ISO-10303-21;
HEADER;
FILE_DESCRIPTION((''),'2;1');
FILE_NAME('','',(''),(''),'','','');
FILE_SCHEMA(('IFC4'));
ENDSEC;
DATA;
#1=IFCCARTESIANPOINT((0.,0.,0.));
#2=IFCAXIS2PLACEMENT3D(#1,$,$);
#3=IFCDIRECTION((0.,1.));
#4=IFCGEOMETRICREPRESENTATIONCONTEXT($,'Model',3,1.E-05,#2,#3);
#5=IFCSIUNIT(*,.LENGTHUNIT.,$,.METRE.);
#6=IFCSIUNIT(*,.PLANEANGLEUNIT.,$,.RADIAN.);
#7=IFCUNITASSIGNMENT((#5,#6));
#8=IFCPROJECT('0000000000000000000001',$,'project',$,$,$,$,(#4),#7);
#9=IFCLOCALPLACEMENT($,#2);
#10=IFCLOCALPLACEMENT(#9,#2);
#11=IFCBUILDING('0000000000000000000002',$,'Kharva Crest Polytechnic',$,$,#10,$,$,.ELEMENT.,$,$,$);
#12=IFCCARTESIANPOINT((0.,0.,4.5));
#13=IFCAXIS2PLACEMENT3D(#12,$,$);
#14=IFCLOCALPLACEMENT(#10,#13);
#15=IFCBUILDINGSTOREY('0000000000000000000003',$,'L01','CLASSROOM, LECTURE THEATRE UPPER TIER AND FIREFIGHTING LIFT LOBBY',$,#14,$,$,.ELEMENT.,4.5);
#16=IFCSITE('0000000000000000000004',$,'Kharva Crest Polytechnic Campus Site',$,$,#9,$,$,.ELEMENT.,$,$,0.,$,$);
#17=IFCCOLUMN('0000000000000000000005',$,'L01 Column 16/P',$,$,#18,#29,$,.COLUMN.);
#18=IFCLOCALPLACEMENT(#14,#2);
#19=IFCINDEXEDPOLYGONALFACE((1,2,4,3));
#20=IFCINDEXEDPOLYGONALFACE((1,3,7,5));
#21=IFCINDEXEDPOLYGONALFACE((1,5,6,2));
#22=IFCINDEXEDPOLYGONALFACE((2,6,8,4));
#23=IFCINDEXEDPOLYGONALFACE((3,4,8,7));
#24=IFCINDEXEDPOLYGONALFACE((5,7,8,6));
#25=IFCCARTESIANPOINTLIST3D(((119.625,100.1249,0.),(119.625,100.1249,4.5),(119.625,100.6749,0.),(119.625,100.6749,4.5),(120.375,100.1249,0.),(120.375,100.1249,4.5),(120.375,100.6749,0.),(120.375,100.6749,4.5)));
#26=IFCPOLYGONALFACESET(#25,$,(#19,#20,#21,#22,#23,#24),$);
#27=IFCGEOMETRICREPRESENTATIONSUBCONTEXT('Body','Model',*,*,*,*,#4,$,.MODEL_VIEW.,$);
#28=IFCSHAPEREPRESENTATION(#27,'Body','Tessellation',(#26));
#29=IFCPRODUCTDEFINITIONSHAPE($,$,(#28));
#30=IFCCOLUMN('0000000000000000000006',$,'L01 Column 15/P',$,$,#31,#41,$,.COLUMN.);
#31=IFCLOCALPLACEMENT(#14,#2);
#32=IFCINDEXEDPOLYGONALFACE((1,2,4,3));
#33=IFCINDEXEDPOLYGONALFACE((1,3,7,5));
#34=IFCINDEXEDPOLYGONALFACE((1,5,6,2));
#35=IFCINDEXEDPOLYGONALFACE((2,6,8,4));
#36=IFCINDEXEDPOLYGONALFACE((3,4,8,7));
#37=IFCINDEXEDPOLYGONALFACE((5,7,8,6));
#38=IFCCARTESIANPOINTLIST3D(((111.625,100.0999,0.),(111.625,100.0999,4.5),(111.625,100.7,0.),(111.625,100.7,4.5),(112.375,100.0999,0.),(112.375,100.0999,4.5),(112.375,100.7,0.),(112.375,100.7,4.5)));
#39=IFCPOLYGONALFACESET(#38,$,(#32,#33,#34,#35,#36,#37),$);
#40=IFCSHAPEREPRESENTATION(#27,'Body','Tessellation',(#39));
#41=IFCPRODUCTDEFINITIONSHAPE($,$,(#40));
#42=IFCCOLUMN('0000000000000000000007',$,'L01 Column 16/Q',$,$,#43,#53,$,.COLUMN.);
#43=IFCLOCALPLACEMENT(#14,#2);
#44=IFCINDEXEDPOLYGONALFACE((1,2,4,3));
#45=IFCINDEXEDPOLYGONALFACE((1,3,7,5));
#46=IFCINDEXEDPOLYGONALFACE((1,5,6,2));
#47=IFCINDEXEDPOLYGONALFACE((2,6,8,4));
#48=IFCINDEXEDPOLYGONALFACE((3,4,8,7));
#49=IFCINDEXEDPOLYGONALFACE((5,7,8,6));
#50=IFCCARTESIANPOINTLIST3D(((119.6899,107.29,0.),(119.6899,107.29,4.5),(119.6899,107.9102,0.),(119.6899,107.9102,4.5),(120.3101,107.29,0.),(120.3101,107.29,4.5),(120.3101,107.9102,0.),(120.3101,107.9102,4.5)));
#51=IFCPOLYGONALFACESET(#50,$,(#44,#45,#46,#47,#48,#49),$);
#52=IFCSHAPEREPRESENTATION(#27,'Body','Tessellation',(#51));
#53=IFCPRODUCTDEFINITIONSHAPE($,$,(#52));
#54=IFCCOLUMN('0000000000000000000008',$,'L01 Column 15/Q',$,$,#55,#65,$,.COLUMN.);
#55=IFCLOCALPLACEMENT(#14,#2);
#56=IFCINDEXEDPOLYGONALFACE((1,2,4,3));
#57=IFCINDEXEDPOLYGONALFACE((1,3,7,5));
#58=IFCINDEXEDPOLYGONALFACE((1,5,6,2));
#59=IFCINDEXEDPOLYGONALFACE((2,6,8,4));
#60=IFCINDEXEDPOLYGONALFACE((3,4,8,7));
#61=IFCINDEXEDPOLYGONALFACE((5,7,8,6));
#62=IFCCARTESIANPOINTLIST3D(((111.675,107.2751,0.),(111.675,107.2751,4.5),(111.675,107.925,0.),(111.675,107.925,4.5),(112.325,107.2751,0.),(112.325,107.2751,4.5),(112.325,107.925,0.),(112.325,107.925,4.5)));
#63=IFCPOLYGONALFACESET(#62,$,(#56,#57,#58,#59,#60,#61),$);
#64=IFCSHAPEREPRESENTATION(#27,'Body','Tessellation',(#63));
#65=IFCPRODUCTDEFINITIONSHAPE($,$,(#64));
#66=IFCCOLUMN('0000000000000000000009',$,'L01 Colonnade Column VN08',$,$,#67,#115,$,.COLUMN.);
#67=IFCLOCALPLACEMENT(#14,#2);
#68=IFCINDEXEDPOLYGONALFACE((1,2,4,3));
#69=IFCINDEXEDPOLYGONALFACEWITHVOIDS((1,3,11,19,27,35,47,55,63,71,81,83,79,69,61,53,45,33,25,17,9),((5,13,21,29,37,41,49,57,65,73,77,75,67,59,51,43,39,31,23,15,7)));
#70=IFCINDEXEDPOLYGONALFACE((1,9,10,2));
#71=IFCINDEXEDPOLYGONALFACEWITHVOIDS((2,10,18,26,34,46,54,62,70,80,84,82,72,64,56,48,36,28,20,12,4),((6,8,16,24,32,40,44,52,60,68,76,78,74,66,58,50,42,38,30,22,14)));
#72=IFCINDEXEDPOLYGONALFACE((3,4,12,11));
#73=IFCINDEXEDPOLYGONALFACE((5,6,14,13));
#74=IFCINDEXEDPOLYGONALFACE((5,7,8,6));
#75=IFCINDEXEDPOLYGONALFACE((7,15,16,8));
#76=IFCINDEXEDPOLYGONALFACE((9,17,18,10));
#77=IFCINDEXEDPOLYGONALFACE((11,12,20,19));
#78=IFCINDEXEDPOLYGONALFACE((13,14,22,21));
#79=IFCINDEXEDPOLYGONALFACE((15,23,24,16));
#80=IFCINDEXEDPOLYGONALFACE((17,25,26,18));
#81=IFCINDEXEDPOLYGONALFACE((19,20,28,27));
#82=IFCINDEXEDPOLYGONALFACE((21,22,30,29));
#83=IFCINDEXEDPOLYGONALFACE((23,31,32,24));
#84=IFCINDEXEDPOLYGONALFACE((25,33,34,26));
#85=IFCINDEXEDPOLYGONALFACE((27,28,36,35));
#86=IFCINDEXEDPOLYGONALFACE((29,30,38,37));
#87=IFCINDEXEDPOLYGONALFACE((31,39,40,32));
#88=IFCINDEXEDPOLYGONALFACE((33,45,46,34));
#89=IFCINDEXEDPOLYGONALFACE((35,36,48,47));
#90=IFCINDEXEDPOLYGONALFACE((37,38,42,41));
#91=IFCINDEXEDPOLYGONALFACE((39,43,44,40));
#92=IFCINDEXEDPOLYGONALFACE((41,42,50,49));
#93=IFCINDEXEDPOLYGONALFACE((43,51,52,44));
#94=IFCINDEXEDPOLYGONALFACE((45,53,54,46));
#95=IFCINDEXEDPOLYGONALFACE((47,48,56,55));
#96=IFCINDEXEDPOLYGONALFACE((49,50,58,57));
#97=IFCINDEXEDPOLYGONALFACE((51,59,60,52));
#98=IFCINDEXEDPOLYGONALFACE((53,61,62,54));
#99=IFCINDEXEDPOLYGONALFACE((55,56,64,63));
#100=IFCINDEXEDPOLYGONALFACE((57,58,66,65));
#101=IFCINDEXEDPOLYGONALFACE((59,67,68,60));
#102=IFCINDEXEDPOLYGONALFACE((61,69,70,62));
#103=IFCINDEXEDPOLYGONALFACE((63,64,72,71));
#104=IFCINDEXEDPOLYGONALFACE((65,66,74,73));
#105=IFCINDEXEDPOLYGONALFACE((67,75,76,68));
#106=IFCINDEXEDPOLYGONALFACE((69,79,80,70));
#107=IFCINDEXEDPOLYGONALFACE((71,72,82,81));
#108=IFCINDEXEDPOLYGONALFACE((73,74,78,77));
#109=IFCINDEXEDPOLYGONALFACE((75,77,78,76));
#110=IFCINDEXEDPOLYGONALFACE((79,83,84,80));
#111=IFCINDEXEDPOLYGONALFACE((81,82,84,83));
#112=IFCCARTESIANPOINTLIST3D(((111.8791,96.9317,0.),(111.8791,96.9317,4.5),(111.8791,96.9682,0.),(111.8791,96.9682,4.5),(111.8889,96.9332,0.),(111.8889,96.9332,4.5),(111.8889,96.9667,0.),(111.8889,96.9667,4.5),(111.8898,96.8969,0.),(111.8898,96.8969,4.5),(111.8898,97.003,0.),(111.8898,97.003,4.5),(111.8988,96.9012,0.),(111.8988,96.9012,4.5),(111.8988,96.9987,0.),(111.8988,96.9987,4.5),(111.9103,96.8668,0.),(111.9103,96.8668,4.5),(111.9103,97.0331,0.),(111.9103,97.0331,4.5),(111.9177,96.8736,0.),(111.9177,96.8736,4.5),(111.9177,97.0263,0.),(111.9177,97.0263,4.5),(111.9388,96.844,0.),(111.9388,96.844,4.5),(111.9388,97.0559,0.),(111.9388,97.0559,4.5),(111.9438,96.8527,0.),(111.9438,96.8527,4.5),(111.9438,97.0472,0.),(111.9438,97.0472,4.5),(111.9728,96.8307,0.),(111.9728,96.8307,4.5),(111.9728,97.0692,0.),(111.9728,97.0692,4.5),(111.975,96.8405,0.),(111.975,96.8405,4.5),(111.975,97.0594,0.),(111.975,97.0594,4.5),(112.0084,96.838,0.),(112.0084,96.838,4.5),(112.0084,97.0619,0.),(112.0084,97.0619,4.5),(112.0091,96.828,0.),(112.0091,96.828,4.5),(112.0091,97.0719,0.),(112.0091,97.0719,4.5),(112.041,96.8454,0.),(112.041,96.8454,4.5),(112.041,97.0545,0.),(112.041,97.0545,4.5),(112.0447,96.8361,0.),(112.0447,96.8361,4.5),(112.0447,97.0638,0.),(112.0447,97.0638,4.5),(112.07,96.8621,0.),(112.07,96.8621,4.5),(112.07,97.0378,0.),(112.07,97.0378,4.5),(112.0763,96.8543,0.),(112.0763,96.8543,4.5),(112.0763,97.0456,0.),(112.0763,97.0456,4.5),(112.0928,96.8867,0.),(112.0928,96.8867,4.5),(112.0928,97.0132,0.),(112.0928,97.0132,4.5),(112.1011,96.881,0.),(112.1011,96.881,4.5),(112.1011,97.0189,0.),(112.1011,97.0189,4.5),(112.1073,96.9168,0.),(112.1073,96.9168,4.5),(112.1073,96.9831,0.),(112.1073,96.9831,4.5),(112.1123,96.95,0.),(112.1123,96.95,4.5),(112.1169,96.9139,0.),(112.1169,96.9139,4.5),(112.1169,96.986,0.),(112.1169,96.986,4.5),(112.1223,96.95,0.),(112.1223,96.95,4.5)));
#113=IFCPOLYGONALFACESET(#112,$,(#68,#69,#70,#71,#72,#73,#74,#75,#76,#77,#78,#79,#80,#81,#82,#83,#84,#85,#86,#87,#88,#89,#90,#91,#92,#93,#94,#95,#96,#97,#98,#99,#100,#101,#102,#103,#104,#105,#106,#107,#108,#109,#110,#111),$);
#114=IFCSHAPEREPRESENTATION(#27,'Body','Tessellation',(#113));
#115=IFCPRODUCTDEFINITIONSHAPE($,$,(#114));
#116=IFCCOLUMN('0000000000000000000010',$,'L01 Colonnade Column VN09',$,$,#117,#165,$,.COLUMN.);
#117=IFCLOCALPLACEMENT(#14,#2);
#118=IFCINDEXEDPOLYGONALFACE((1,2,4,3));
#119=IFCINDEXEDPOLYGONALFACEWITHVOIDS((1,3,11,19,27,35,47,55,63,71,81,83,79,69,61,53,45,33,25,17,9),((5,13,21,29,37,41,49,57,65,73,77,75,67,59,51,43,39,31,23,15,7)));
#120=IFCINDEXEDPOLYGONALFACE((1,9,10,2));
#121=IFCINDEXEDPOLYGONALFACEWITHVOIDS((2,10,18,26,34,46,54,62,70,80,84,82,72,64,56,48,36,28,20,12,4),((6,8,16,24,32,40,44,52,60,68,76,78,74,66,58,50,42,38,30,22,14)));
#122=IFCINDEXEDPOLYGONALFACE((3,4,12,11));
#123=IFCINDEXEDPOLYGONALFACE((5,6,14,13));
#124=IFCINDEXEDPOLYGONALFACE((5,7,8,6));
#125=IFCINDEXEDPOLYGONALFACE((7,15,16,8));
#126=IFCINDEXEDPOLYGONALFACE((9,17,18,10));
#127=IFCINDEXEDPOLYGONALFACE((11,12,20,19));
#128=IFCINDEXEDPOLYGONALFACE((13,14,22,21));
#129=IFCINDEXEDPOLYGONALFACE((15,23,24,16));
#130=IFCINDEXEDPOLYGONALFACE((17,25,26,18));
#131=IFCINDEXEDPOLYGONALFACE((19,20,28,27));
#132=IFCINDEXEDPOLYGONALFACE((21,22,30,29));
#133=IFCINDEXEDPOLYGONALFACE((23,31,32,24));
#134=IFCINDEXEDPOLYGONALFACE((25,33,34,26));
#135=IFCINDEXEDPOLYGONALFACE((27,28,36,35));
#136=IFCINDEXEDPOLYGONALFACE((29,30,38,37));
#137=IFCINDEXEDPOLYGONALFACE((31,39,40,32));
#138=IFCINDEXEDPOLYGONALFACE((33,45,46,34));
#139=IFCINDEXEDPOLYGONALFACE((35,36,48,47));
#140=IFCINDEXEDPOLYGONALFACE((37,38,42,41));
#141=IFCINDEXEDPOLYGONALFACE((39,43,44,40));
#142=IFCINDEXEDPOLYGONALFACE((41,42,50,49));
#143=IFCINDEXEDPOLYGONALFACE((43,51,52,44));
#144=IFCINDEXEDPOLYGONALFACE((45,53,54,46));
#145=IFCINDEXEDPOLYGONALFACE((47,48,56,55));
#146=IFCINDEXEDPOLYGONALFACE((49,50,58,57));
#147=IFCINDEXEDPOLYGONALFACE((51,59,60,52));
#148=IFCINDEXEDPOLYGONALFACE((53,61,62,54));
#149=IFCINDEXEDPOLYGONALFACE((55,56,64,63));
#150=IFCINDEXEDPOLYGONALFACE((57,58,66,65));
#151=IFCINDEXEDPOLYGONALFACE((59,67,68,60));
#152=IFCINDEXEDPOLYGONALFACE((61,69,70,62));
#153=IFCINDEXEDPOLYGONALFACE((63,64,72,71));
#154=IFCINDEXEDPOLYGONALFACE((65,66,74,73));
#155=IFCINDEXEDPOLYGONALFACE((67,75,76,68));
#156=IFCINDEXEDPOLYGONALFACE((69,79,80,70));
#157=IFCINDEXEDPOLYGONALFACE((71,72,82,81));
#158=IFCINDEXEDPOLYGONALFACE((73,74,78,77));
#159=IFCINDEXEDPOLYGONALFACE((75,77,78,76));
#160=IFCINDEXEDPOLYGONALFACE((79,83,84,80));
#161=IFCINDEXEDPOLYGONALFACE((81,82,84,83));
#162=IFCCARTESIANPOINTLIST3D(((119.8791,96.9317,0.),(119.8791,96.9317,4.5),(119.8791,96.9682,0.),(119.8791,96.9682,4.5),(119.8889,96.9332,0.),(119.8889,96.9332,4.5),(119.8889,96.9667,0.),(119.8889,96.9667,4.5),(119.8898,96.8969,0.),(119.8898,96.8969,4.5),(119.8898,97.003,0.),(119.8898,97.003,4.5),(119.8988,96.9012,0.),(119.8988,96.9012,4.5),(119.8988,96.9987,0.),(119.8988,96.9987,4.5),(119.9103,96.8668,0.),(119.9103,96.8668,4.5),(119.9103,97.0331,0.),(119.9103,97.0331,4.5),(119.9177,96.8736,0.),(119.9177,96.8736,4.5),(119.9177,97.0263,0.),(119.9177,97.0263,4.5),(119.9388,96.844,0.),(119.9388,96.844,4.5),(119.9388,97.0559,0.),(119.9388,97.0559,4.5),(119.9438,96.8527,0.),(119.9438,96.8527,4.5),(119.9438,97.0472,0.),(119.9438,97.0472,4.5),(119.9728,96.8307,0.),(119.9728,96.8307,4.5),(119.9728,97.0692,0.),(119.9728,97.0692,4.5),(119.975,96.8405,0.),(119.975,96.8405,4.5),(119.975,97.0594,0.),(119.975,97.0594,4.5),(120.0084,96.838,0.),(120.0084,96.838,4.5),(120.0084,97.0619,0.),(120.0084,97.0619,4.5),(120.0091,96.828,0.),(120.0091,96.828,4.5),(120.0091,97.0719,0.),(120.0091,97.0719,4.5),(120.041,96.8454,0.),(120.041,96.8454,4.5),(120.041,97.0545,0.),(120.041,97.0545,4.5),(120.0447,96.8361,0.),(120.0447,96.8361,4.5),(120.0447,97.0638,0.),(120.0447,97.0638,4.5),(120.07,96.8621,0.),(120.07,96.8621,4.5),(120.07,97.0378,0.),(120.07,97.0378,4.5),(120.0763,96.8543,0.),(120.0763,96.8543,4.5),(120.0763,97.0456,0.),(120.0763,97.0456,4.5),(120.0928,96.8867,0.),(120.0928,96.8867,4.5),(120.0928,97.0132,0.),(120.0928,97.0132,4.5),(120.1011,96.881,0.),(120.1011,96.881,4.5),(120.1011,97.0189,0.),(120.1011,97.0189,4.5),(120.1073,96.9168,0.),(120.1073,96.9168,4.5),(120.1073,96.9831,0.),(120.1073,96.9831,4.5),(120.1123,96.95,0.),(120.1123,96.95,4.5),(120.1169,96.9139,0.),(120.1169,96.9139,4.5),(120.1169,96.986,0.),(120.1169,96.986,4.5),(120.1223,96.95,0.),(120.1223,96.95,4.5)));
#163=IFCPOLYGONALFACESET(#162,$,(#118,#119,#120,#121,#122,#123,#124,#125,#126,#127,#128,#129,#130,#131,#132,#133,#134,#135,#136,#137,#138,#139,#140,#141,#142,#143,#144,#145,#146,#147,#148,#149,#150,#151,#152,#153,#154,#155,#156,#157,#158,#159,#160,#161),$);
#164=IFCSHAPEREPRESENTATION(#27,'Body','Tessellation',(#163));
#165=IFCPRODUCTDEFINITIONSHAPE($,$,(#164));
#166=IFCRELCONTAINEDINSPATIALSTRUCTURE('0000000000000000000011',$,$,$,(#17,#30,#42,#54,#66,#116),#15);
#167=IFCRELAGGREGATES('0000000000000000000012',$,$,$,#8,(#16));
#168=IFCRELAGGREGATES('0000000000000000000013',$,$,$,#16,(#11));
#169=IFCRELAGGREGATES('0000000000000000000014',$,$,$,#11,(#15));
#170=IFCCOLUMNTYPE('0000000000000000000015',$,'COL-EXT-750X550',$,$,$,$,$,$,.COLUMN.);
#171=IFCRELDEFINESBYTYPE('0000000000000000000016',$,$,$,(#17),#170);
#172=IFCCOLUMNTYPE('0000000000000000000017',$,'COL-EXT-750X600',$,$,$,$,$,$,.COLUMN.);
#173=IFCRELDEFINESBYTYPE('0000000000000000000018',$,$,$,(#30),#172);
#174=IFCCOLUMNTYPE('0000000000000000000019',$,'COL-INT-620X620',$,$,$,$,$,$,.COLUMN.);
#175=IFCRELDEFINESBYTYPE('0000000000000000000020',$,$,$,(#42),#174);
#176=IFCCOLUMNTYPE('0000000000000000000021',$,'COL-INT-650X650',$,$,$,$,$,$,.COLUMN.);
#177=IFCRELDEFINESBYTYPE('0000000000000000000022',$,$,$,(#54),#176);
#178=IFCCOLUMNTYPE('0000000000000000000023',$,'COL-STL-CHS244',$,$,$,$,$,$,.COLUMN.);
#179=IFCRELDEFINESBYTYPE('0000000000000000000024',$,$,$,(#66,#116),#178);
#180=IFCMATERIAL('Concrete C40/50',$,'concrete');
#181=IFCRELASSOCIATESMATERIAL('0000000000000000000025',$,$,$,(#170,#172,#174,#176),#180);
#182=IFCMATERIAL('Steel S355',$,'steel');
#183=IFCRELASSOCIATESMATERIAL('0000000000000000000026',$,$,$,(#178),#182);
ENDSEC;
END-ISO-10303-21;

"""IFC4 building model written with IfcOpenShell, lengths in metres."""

from ifc_helpers import new_model, si_unit, direction, frame, origin, origin_2d, place, context, subcontext, project, spatial, rectangle, hollow_circle, extrude, material, material_profile, profile_set, type_object, element, save


model = new_model("IFC4")

# Units and contexts
model_context = context("Model", 3, precision=1e-05, world=origin(), true_north=direction((0.0, 1.0)))
body_context = subcontext(model_context, "Body", "Model", "MODEL_VIEW")
ifc_project = project(units=[si_unit("LENGTHUNIT", "METRE"), si_unit("PLANEANGLEUNIT", "RADIAN")], contexts=[model_context])

# Site, building, storey
site_placement = place(None, origin())
site = spatial("IfcSite", under=ifc_project, at=site_placement, Name="Kharva Crest Polytechnic Campus Site", CompositionType="ELEMENT", RefElevation=0.0)
building_placement = place(site_placement, origin())
building = spatial("IfcBuilding", under=site, at=building_placement, Name="Kharva Crest Polytechnic", CompositionType="ELEMENT")
storey_placement = place(building_placement, frame((0.0, 0.0, 4.5)))
storey = spatial("IfcBuildingStorey", under=building, at=storey_placement, Name="L01", Description="CLASSROOM, LECTURE THEATRE UPPER TIER AND FIREFIGHTING LIFT LOBBY", CompositionType="ELEMENT", Elevation=4.5)

# Columns
ifc_material_1 = material(Name="Concrete C40/50", Category="concrete")
ifc_material_profile_1 = material_profile(ifc_material_1, rectangle(XDim=0.75, YDim=0.55, at=origin_2d()), Name="RECT 750 X 550")
ifc_profile_set_1 = profile_set([ifc_material_profile_1], Name="Concrete C40/50")
column_type_1 = type_object("IfcColumnType", Name="COL-EXT-750X550", PredefinedType="COLUMN", material=ifc_profile_set_1)
column_1_placement = place(storey_placement, frame((120.0, 100.3999, 0.0), z_axis=(0.0, 0.0, 1.0), x_axis=(1.0, 0.0, 0.0)))
element("IfcColumn", 1, at=column_1_placement, inside=storey, type_object=column_type_1, Name="L01 Column 16/P", PredefinedType="COLUMN", context=body_context, shape_type="SweptSolid", body=[
    extrude(rectangle(XDim=0.75, YDim=0.55, at=origin_2d()), origin(), (0.0, 0.0, 1.0), 4.5),
])
ifc_material_profile_2 = material_profile(ifc_material_1, rectangle(XDim=0.75, YDim=0.6001, at=origin_2d()), Name="RECT 750 X 600")
ifc_profile_set_2 = profile_set([ifc_material_profile_2], Name="Concrete C40/50")
column_type_2 = type_object("IfcColumnType", Name="COL-EXT-750X600", PredefinedType="COLUMN", material=ifc_profile_set_2)
column_2_placement = place(storey_placement, frame((112.0, 100.3999, 0.0), z_axis=(0.0, 0.0, 1.0), x_axis=(1.0, 0.0, 0.0)))
element("IfcColumn", 2, at=column_2_placement, inside=storey, type_object=column_type_2, Name="L01 Column 15/P", PredefinedType="COLUMN", context=body_context, shape_type="SweptSolid", body=[
    extrude(rectangle(XDim=0.75, YDim=0.6001, at=origin_2d()), origin(), (0.0, 0.0, 1.0), 4.5),
])
ifc_material_profile_3 = material_profile(ifc_material_1, rectangle(XDim=0.6201, YDim=0.6201, at=origin_2d()), Name="RECT 620 X 620")
ifc_profile_set_3 = profile_set([ifc_material_profile_3], Name="Concrete C40/50")
column_type_3 = type_object("IfcColumnType", Name="COL-INT-620X620", PredefinedType="COLUMN", material=ifc_profile_set_3)
column_3_placement = place(storey_placement, frame((120.0, 107.6001, 0.0), z_axis=(0.0, 0.0, 1.0), x_axis=(1.0, 0.0, 0.0)))
element("IfcColumn", 3, at=column_3_placement, inside=storey, type_object=column_type_3, Name="L01 Column 16/Q", PredefinedType="COLUMN", context=body_context, shape_type="SweptSolid", body=[
    extrude(rectangle(XDim=0.6201, YDim=0.6201, at=origin_2d()), origin(), (0.0, 0.0, 1.0), 4.5),
])
ifc_material_profile_4 = material_profile(ifc_material_1, rectangle(XDim=0.6499, YDim=0.6499, at=origin_2d()), Name="RECT 650 X 650")
ifc_profile_set_4 = profile_set([ifc_material_profile_4], Name="Concrete C40/50")
column_type_4 = type_object("IfcColumnType", Name="COL-INT-650X650", PredefinedType="COLUMN", material=ifc_profile_set_4)
column_4_placement = place(storey_placement, frame((112.0, 107.6001, 0.0), z_axis=(0.0, 0.0, 1.0), x_axis=(1.0, 0.0, 0.0)))
element("IfcColumn", 4, at=column_4_placement, inside=storey, type_object=column_type_4, Name="L01 Column 15/Q", PredefinedType="COLUMN", context=body_context, shape_type="SweptSolid", body=[
    extrude(rectangle(XDim=0.6499, YDim=0.6499, at=origin_2d()), origin(), (0.0, 0.0, 1.0), 4.5),
])
ifc_material_2 = material(Name="Steel S355", Category="steel")
ifc_material_profile_5 = material_profile(ifc_material_2, hollow_circle(Radius=0.1223, WallThickness=0.01, at=origin_2d()), Name="CHS 244.5X10.0")
ifc_profile_set_5 = profile_set([ifc_material_profile_5], Name="Steel S355")
column_type_5 = type_object("IfcColumnType", Name="COL-STL-CHS244", PredefinedType="COLUMN", material=ifc_profile_set_5)
for number, where, z_axis, x_axis, name in (
    (5, (112.0, 96.95, 0.0), (0.0, 0.0, 1.0), (1.0, 0.0, 0.0), "L01 Colonnade Column VN08"),
    (6, (120.0, 96.95, 0.0), (0.0, 0.0, 1.0), (1.0, 0.0, 0.0), "L01 Colonnade Column VN09"),
):
    element("IfcColumn", number, at=place(storey_placement, frame(where, z_axis=z_axis, x_axis=x_axis)), inside=storey, type_object=column_type_5, Name=name, PredefinedType="COLUMN", context=body_context, shape_type="SweptSolid", body=[
        extrude(hollow_circle(Radius=0.1223, WallThickness=0.01, at=origin_2d()), origin(), (0.0, 0.0, 1.0), 4.5),
    ])

save(model, "model.ifc")
